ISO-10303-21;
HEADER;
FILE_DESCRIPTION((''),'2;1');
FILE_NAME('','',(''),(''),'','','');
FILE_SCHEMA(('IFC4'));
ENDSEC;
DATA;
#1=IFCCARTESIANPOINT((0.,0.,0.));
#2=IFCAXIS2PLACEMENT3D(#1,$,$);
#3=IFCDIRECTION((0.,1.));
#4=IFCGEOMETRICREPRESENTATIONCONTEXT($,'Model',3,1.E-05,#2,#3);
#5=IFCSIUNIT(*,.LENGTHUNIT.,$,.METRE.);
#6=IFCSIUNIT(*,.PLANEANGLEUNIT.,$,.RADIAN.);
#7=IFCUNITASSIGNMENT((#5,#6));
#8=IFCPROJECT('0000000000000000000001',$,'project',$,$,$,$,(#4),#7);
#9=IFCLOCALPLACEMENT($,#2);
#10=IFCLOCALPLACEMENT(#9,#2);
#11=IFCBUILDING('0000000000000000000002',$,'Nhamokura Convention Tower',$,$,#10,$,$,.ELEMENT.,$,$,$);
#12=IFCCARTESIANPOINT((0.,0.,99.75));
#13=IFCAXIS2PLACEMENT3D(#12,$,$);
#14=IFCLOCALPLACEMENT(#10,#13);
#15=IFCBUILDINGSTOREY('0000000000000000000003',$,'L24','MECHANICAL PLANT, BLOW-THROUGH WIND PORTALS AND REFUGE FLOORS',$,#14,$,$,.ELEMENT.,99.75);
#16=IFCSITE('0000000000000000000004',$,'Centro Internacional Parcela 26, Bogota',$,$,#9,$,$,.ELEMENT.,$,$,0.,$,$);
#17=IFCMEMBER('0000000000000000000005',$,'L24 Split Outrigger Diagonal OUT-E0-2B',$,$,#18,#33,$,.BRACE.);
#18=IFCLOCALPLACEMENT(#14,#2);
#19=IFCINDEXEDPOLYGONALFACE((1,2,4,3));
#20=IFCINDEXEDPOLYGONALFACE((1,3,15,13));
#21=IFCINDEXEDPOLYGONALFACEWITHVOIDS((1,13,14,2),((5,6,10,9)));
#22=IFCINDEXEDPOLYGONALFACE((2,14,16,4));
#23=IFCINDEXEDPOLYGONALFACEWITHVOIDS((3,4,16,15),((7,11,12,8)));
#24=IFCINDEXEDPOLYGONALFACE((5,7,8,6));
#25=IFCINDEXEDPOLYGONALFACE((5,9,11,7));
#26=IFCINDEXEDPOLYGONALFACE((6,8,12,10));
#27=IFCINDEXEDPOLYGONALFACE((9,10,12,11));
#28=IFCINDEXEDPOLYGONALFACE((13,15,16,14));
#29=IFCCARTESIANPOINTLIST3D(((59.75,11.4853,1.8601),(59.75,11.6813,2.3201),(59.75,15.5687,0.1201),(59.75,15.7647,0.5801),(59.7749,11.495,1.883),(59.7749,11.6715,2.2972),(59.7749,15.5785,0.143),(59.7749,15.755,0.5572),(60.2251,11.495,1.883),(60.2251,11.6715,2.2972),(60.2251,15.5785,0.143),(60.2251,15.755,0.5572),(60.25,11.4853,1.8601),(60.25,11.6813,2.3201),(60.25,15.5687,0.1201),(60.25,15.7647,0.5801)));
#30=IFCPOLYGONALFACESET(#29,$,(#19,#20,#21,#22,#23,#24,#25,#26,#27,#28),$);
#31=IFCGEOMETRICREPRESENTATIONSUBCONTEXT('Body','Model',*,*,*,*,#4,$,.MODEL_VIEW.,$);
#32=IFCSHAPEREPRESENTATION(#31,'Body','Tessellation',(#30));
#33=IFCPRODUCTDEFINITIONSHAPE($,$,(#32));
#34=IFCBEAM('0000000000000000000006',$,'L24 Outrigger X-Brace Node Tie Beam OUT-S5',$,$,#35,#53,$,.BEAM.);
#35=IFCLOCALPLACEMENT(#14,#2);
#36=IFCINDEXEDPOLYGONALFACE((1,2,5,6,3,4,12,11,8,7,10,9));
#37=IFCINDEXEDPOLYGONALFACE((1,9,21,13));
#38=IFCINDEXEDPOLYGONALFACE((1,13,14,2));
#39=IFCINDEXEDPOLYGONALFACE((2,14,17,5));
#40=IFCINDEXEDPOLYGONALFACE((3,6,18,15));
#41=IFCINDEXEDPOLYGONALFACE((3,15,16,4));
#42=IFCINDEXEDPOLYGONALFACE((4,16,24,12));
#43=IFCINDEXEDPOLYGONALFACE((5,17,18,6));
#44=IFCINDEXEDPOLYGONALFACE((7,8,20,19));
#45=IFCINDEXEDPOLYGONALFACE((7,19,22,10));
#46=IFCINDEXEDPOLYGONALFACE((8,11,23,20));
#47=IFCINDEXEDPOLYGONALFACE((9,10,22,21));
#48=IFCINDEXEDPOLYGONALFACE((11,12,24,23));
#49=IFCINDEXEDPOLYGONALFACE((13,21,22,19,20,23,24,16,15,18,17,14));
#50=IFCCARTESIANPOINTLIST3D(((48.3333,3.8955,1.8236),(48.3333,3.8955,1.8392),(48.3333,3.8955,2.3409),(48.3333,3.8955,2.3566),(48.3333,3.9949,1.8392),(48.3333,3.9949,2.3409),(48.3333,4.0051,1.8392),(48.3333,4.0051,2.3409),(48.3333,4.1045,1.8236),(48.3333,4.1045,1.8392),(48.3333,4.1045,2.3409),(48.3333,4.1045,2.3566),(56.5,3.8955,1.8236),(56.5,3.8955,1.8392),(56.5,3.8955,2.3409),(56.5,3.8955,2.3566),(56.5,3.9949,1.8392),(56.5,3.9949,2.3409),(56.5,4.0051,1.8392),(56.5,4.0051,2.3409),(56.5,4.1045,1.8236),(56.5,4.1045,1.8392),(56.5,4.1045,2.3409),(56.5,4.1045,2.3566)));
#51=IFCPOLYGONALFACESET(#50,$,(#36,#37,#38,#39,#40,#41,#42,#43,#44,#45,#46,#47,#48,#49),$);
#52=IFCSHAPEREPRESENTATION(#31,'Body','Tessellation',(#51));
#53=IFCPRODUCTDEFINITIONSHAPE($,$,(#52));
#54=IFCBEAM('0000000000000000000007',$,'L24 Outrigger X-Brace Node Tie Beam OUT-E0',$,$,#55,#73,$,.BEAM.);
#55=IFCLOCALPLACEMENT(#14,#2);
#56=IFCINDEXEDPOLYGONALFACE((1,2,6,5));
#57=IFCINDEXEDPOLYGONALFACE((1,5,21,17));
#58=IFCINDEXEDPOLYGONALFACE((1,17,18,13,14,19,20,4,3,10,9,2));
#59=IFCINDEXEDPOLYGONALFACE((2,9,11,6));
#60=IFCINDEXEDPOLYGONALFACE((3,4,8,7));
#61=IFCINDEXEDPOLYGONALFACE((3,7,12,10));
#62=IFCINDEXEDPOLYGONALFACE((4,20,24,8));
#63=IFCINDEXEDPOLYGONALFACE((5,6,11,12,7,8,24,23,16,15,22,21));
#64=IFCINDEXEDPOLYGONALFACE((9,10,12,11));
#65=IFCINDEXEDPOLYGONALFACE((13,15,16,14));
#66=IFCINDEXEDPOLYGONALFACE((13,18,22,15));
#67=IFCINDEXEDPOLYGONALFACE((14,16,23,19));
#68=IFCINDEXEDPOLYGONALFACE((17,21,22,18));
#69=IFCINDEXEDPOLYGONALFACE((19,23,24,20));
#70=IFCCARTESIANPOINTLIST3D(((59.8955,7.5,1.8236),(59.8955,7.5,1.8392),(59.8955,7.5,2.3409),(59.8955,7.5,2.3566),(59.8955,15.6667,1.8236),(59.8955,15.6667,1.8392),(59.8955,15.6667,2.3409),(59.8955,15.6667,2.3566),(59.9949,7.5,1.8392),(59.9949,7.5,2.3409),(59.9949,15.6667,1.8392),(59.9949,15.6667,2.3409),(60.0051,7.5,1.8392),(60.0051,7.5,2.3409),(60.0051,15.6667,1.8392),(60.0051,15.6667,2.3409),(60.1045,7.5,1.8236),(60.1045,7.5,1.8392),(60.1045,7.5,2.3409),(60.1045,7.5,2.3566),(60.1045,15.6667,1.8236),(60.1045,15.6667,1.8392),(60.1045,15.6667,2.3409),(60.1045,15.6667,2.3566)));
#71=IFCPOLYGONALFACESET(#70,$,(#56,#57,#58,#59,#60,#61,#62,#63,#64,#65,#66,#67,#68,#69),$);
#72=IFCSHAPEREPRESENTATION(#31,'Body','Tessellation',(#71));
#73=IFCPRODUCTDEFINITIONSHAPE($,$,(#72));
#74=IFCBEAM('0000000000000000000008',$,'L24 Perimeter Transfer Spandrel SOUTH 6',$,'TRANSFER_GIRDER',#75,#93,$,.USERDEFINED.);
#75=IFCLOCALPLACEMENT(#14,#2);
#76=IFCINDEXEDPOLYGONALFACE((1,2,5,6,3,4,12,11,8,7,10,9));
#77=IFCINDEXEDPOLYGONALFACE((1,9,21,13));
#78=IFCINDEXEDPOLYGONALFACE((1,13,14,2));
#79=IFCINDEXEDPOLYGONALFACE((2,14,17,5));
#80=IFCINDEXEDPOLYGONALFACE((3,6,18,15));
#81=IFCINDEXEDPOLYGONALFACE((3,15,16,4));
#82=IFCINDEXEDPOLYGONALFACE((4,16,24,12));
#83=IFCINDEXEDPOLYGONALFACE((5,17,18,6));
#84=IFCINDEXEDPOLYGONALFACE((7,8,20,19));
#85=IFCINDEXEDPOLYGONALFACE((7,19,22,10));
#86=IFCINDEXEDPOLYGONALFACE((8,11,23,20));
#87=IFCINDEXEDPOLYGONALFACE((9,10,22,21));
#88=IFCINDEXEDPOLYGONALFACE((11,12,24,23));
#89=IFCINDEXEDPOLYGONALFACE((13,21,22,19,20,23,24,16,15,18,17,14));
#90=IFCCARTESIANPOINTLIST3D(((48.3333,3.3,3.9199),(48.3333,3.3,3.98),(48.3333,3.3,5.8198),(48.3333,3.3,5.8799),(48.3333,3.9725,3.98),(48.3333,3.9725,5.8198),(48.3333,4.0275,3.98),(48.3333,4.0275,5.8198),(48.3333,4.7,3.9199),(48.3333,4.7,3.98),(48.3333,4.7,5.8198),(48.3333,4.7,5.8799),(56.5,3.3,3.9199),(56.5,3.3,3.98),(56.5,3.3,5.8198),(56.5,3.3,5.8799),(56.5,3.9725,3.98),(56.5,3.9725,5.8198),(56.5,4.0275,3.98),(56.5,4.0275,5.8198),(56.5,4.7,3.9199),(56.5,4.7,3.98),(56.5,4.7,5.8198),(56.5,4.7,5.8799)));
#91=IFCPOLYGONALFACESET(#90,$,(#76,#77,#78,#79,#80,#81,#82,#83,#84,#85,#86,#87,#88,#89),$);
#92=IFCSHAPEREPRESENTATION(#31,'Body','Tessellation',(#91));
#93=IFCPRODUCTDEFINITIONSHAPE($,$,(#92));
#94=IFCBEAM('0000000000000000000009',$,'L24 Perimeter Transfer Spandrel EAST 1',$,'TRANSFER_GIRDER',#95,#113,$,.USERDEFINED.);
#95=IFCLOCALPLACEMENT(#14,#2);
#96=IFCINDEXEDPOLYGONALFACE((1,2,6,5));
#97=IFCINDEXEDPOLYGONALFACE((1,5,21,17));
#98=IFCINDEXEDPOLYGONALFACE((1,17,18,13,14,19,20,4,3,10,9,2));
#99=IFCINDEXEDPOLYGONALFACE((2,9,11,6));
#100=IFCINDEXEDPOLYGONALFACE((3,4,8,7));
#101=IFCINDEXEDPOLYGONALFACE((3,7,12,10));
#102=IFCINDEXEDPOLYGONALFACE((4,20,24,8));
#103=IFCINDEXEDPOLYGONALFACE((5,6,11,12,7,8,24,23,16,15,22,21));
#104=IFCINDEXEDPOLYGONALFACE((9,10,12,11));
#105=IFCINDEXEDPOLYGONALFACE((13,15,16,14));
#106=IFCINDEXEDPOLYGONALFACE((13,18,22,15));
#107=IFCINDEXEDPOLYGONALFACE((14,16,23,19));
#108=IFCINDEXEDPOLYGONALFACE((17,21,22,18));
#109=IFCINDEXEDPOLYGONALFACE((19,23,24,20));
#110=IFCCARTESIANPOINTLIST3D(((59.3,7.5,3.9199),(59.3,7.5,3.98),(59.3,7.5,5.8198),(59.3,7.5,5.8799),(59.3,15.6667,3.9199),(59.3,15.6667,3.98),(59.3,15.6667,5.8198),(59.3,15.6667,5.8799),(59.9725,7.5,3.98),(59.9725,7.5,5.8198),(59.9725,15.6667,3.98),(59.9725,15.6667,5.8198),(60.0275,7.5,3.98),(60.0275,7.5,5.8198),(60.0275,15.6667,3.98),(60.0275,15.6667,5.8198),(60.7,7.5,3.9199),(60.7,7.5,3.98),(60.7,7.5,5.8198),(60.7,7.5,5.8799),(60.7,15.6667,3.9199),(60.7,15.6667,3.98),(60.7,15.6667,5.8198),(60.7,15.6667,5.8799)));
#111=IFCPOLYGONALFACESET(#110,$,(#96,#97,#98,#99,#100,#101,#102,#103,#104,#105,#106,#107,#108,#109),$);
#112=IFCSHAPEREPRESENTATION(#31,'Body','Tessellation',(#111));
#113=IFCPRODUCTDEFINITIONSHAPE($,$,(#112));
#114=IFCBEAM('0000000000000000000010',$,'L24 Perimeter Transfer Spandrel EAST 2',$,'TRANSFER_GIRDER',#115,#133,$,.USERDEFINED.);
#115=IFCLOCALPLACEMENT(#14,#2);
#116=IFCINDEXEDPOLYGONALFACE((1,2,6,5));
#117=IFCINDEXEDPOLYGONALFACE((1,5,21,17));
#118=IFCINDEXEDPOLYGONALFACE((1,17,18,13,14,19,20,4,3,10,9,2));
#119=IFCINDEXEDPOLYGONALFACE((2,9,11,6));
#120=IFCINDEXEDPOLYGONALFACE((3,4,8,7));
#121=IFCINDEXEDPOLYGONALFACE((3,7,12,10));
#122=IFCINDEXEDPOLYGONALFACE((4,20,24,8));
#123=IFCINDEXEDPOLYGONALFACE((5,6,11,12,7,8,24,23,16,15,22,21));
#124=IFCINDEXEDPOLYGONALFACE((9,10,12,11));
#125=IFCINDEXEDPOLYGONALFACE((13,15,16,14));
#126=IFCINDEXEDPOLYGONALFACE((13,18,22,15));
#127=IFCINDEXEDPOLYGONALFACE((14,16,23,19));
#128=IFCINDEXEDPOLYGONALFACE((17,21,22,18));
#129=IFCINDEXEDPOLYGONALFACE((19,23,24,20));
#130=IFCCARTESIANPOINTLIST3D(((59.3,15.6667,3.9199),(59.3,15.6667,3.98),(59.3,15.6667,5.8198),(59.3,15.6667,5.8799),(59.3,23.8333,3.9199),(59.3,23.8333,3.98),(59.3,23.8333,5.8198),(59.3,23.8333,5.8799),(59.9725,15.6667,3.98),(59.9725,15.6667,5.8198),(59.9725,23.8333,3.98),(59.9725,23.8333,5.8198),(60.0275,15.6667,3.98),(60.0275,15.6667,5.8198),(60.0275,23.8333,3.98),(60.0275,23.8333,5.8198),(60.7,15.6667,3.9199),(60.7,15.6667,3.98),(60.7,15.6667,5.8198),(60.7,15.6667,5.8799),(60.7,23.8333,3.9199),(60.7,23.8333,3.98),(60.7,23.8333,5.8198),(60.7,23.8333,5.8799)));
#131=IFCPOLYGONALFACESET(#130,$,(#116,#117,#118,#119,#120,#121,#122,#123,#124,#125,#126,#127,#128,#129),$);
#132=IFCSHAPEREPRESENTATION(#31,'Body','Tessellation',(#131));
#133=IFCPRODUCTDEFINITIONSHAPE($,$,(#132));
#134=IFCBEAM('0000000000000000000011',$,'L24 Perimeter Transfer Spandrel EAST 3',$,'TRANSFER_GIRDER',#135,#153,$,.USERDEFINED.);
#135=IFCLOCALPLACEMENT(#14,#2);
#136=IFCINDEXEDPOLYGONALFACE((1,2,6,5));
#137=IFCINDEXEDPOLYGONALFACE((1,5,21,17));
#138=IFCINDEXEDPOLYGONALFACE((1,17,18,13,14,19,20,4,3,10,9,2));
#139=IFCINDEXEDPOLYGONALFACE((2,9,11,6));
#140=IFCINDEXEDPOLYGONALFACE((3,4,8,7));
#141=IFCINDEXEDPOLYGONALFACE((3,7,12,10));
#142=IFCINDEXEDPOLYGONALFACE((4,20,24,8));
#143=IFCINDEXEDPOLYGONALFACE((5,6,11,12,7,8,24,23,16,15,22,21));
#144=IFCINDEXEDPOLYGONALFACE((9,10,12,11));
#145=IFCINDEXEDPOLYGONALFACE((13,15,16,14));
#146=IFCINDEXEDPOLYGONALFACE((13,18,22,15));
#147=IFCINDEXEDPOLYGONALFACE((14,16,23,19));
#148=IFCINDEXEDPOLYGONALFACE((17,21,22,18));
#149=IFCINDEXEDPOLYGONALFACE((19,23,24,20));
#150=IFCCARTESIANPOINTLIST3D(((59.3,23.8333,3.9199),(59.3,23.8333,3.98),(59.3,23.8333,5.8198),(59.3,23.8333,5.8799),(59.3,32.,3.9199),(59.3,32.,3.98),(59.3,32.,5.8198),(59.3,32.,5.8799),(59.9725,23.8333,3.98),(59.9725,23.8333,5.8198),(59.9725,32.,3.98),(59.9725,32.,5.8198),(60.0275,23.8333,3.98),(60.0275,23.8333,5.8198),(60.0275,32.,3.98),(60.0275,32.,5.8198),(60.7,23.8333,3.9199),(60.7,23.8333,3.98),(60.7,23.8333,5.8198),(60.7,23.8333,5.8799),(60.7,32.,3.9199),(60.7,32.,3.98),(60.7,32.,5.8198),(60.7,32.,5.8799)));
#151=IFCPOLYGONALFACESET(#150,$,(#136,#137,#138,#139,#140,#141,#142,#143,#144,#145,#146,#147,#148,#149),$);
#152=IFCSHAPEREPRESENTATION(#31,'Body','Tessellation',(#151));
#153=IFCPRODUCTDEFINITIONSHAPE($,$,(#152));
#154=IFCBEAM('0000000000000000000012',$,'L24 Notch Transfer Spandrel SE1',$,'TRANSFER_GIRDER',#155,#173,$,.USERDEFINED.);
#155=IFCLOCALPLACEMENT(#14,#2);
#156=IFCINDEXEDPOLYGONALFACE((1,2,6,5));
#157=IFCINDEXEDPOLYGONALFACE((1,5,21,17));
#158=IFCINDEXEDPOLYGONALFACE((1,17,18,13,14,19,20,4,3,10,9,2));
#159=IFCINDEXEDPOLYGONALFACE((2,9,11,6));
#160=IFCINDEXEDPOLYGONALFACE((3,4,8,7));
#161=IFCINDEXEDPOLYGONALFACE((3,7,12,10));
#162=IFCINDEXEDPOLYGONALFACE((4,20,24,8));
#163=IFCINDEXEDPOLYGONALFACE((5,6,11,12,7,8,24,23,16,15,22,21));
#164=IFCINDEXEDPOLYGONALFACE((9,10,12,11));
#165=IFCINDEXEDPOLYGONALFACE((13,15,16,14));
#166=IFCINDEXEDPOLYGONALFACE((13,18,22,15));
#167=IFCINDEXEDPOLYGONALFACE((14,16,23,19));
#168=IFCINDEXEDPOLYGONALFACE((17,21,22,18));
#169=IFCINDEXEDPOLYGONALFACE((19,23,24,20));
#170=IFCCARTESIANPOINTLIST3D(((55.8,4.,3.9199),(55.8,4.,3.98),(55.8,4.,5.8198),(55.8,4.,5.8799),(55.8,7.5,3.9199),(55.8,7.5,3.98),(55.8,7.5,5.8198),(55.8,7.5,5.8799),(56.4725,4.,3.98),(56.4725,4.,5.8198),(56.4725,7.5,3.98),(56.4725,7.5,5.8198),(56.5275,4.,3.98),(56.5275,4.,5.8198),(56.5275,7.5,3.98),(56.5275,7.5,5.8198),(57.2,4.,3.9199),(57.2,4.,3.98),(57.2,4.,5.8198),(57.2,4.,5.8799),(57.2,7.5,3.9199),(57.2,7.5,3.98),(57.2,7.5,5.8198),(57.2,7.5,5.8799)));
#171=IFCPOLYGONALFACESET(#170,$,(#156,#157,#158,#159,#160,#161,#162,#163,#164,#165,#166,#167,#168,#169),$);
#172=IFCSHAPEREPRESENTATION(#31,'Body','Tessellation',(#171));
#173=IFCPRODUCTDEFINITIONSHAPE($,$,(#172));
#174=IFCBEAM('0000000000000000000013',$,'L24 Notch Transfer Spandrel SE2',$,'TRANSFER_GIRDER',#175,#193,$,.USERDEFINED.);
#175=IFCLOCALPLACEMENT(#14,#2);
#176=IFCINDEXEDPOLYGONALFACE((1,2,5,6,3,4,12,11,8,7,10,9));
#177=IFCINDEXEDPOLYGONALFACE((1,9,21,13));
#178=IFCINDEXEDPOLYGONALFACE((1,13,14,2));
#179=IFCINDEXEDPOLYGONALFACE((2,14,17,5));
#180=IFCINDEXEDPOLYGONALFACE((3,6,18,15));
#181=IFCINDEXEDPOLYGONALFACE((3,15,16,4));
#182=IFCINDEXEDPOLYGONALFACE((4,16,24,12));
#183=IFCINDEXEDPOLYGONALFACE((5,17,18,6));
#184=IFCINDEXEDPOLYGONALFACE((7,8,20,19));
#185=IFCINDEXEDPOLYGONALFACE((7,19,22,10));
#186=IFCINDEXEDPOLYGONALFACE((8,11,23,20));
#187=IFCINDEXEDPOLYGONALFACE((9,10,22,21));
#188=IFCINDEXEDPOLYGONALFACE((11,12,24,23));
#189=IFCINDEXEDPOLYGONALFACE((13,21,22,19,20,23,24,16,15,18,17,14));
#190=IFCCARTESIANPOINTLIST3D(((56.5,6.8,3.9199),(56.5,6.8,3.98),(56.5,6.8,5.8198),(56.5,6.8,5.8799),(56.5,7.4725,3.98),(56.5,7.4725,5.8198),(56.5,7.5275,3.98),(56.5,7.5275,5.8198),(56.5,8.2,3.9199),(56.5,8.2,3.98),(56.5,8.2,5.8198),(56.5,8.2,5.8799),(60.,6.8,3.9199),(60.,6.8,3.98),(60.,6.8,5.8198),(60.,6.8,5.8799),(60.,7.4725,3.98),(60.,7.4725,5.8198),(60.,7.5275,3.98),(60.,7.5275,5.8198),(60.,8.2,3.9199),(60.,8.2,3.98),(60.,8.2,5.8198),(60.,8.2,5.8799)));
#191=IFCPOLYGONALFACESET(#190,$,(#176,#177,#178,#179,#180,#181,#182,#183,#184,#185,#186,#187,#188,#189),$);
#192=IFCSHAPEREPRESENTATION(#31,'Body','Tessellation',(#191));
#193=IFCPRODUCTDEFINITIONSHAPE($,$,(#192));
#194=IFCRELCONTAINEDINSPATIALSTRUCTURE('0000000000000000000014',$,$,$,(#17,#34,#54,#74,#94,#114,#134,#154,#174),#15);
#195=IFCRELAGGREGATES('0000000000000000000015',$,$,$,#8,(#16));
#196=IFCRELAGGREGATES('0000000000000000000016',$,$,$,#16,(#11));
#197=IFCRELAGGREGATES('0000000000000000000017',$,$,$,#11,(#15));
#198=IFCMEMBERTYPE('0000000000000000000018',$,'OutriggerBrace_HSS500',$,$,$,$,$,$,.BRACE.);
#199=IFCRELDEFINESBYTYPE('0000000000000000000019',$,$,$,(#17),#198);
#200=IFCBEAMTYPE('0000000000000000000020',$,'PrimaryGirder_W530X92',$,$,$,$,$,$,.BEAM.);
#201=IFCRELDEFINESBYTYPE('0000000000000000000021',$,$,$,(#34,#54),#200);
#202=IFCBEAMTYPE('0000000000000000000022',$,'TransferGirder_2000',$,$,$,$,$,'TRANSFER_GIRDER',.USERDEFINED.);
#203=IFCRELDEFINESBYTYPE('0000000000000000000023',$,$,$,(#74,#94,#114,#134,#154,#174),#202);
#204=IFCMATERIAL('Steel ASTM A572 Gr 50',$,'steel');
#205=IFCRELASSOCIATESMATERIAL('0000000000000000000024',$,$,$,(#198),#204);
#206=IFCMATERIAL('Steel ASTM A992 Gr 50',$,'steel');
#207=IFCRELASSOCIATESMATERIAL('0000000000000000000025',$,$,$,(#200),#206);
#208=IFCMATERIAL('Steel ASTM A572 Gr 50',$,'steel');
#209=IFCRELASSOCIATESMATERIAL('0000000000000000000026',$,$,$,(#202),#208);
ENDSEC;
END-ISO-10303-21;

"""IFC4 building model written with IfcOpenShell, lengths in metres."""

from ifc_helpers import new_model, si_unit, direction, frame, origin, origin_2d, place, context, subcontext, project, spatial, hollow_rectangle, i_section, extrude, material, material_profile, profile_set, type_object, element, save


model = new_model("IFC4")

# Units and contexts
model_context = context("Model", 3, precision=1e-05, world=origin(), true_north=direction((0.0, 1.0)))
body_context = subcontext(model_context, "Body", "Model", "MODEL_VIEW")
ifc_project = project(units=[si_unit("LENGTHUNIT", "METRE"), si_unit("PLANEANGLEUNIT", "RADIAN")], contexts=[model_context])

# Site, building, storey
site_placement = place(None, origin())
site = spatial("IfcSite", under=ifc_project, at=site_placement, Name="Centro Internacional Parcela 26, Bogota", CompositionType="ELEMENT", RefElevation=0.0)
building_placement = place(site_placement, origin())
building = spatial("IfcBuilding", under=site, at=building_placement, Name="Nhamokura Convention Tower", CompositionType="ELEMENT")
storey_placement = place(building_placement, frame((0.0, 0.0, 99.75)))
storey = spatial("IfcBuildingStorey", under=building, at=storey_placement, Name="L24", Description="MECHANICAL PLANT, BLOW-THROUGH WIND PORTALS AND REFUGE FLOORS", CompositionType="ELEMENT", Elevation=99.75)

# Member
ifc_material_1 = material(Name="Steel ASTM A572 Gr 50", Category="steel")
ifc_material_profile_1 = material_profile(ifc_material_1, hollow_rectangle(XDim=0.5, YDim=0.5, WallThickness=0.0249, at=origin_2d()))
ifc_profile_set_1 = profile_set([ifc_material_profile_1], Name="Steel ASTM A572 Gr 50")
member_type_1 = type_object("IfcMemberType", Name="OutriggerBrace_HSS500", PredefinedType="BRACE", material=ifc_profile_set_1)
member_1_placement = place(storey_placement, frame((60.0, 11.5833, 2.0901), z_axis=(0.0, 0.919965, -0.392), x_axis=(-1.0, 0.0, 0.0)))
element("IfcMember", 1, at=member_1_placement, inside=storey, type_object=member_type_1, Name="L24 Split Outrigger Diagonal OUT-E0-2B", PredefinedType="BRACE", context=body_context, shape_type="SweptSolid", body=[
    extrude(hollow_rectangle(XDim=0.5, YDim=0.5, WallThickness=0.0249, at=origin_2d()), origin(), (0.0, 0.0, 1.0), 4.4387),
])

# Beams
ifc_material_2 = material(Name="Steel ASTM A992 Gr 50", Category="steel")
ifc_material_profile_2 = material_profile(ifc_material_2, i_section(OverallWidth=0.209, OverallDepth=0.533, WebThickness=0.0103, FlangeThickness=0.0156, at=origin_2d()))
ifc_profile_set_2 = profile_set([ifc_material_profile_2], Name="Steel ASTM A992 Gr 50")
beam_type_1 = type_object("IfcBeamType", Name="PrimaryGirder_W530X92", PredefinedType="BEAM", material=ifc_profile_set_2)
for number, where, z_axis, x_axis, name in (
    (2, (48.3333, 4.0, 2.0901), (1.0, 0.0, 0.0), (0.0, 1.0, 0.0), "L24 Outrigger X-Brace Node Tie Beam OUT-S5"),
    (3, (60.0, 7.5, 2.0901), (0.0, 1.0, 0.0), (-1.0, 0.0, 0.0), "L24 Outrigger X-Brace Node Tie Beam OUT-E0"),
):
    element("IfcBeam", number, at=place(storey_placement, frame(where, z_axis=z_axis, x_axis=x_axis)), inside=storey, type_object=beam_type_1, Name=name, PredefinedType="BEAM", context=body_context, shape_type="SweptSolid", body=[
        extrude(i_section(OverallWidth=0.209, OverallDepth=0.533, WebThickness=0.0103, FlangeThickness=0.0156, at=origin_2d()), origin(), (0.0, 0.0, 1.0), 8.1667),
    ])
ifc_material_3 = material(Name="Steel ASTM A572 Gr 50", Category="steel")
ifc_material_profile_3 = material_profile(ifc_material_3, i_section(OverallWidth=1.3999, OverallDepth=1.96, WebThickness=0.0549, FlangeThickness=0.0601, at=origin_2d()))
ifc_profile_set_3 = profile_set([ifc_material_profile_3], Name="Steel ASTM A572 Gr 50")
beam_type_2 = type_object("IfcBeamType", Name="TransferGirder_2000", ElementType="TRANSFER_GIRDER", PredefinedType="USERDEFINED", material=ifc_profile_set_3)
for number, where, z_axis, x_axis, name in (
    (4, (48.3333, 4.0, 4.8999), (1.0, 0.0, 0.0), (0.0, 1.0, 0.0), "L24 Perimeter Transfer Spandrel SOUTH 6"),
    (5, (60.0, 7.5, 4.8999), (0.0, 1.0, 0.0), (-1.0, 0.0, 0.0), "L24 Perimeter Transfer Spandrel EAST 1"),
):
    element("IfcBeam", number, at=place(storey_placement, frame(where, z_axis=z_axis, x_axis=x_axis)), inside=storey, type_object=beam_type_2, Name=name, ObjectType="TRANSFER_GIRDER", PredefinedType="USERDEFINED", context=body_context, shape_type="SweptSolid", body=[
        extrude(i_section(OverallWidth=1.3999, OverallDepth=1.96, WebThickness=0.0549, FlangeThickness=0.0601, at=origin_2d()), origin(), (0.0, 0.0, 1.0), 8.1667),
    ])
beam_1_placement = place(storey_placement, frame((60.0, 15.6667, 4.8999), z_axis=(0.0, 1.0, 0.0), x_axis=(-1.0, 0.0, 0.0)))
element("IfcBeam", 6, at=beam_1_placement, inside=storey, type_object=beam_type_2, Name="L24 Perimeter Transfer Spandrel EAST 2", ObjectType="TRANSFER_GIRDER", PredefinedType="USERDEFINED", context=body_context, shape_type="SweptSolid", body=[
    extrude(i_section(OverallWidth=1.3999, OverallDepth=1.96, WebThickness=0.0549, FlangeThickness=0.0601, at=origin_2d()), origin(), (0.0, 0.0, 1.0), 8.1665),
])
beam_2_placement = place(storey_placement, frame((60.0, 23.8333, 4.8999), z_axis=(0.0, 1.0, 0.0), x_axis=(-1.0, 0.0, 0.0)))
element("IfcBeam", 7, at=beam_2_placement, inside=storey, type_object=beam_type_2, Name="L24 Perimeter Transfer Spandrel EAST 3", ObjectType="TRANSFER_GIRDER", PredefinedType="USERDEFINED", context=body_context, shape_type="SweptSolid", body=[
    extrude(i_section(OverallWidth=1.3999, OverallDepth=1.96, WebThickness=0.0549, FlangeThickness=0.0601, at=origin_2d()), origin(), (0.0, 0.0, 1.0), 8.1667),
])
for number, where, z_axis, x_axis, name in (
    (8, (56.5, 4.0, 4.8999), (0.0, 1.0, 0.0), (-1.0, 0.0, 0.0), "L24 Notch Transfer Spandrel SE1"),
    (9, (56.5, 7.5, 4.8999), (1.0, 0.0, 0.0), (0.0, 1.0, 0.0), "L24 Notch Transfer Spandrel SE2"),
):
    element("IfcBeam", number, at=place(storey_placement, frame(where, z_axis=z_axis, x_axis=x_axis)), inside=storey, type_object=beam_type_2, Name=name, ObjectType="TRANSFER_GIRDER", PredefinedType="USERDEFINED", context=body_context, shape_type="SweptSolid", body=[
        extrude(i_section(OverallWidth=1.3999, OverallDepth=1.96, WebThickness=0.0549, FlangeThickness=0.0601, at=origin_2d()), origin(), (0.0, 0.0, 1.0), 3.5),
    ])

save(model, "model.ifc")
